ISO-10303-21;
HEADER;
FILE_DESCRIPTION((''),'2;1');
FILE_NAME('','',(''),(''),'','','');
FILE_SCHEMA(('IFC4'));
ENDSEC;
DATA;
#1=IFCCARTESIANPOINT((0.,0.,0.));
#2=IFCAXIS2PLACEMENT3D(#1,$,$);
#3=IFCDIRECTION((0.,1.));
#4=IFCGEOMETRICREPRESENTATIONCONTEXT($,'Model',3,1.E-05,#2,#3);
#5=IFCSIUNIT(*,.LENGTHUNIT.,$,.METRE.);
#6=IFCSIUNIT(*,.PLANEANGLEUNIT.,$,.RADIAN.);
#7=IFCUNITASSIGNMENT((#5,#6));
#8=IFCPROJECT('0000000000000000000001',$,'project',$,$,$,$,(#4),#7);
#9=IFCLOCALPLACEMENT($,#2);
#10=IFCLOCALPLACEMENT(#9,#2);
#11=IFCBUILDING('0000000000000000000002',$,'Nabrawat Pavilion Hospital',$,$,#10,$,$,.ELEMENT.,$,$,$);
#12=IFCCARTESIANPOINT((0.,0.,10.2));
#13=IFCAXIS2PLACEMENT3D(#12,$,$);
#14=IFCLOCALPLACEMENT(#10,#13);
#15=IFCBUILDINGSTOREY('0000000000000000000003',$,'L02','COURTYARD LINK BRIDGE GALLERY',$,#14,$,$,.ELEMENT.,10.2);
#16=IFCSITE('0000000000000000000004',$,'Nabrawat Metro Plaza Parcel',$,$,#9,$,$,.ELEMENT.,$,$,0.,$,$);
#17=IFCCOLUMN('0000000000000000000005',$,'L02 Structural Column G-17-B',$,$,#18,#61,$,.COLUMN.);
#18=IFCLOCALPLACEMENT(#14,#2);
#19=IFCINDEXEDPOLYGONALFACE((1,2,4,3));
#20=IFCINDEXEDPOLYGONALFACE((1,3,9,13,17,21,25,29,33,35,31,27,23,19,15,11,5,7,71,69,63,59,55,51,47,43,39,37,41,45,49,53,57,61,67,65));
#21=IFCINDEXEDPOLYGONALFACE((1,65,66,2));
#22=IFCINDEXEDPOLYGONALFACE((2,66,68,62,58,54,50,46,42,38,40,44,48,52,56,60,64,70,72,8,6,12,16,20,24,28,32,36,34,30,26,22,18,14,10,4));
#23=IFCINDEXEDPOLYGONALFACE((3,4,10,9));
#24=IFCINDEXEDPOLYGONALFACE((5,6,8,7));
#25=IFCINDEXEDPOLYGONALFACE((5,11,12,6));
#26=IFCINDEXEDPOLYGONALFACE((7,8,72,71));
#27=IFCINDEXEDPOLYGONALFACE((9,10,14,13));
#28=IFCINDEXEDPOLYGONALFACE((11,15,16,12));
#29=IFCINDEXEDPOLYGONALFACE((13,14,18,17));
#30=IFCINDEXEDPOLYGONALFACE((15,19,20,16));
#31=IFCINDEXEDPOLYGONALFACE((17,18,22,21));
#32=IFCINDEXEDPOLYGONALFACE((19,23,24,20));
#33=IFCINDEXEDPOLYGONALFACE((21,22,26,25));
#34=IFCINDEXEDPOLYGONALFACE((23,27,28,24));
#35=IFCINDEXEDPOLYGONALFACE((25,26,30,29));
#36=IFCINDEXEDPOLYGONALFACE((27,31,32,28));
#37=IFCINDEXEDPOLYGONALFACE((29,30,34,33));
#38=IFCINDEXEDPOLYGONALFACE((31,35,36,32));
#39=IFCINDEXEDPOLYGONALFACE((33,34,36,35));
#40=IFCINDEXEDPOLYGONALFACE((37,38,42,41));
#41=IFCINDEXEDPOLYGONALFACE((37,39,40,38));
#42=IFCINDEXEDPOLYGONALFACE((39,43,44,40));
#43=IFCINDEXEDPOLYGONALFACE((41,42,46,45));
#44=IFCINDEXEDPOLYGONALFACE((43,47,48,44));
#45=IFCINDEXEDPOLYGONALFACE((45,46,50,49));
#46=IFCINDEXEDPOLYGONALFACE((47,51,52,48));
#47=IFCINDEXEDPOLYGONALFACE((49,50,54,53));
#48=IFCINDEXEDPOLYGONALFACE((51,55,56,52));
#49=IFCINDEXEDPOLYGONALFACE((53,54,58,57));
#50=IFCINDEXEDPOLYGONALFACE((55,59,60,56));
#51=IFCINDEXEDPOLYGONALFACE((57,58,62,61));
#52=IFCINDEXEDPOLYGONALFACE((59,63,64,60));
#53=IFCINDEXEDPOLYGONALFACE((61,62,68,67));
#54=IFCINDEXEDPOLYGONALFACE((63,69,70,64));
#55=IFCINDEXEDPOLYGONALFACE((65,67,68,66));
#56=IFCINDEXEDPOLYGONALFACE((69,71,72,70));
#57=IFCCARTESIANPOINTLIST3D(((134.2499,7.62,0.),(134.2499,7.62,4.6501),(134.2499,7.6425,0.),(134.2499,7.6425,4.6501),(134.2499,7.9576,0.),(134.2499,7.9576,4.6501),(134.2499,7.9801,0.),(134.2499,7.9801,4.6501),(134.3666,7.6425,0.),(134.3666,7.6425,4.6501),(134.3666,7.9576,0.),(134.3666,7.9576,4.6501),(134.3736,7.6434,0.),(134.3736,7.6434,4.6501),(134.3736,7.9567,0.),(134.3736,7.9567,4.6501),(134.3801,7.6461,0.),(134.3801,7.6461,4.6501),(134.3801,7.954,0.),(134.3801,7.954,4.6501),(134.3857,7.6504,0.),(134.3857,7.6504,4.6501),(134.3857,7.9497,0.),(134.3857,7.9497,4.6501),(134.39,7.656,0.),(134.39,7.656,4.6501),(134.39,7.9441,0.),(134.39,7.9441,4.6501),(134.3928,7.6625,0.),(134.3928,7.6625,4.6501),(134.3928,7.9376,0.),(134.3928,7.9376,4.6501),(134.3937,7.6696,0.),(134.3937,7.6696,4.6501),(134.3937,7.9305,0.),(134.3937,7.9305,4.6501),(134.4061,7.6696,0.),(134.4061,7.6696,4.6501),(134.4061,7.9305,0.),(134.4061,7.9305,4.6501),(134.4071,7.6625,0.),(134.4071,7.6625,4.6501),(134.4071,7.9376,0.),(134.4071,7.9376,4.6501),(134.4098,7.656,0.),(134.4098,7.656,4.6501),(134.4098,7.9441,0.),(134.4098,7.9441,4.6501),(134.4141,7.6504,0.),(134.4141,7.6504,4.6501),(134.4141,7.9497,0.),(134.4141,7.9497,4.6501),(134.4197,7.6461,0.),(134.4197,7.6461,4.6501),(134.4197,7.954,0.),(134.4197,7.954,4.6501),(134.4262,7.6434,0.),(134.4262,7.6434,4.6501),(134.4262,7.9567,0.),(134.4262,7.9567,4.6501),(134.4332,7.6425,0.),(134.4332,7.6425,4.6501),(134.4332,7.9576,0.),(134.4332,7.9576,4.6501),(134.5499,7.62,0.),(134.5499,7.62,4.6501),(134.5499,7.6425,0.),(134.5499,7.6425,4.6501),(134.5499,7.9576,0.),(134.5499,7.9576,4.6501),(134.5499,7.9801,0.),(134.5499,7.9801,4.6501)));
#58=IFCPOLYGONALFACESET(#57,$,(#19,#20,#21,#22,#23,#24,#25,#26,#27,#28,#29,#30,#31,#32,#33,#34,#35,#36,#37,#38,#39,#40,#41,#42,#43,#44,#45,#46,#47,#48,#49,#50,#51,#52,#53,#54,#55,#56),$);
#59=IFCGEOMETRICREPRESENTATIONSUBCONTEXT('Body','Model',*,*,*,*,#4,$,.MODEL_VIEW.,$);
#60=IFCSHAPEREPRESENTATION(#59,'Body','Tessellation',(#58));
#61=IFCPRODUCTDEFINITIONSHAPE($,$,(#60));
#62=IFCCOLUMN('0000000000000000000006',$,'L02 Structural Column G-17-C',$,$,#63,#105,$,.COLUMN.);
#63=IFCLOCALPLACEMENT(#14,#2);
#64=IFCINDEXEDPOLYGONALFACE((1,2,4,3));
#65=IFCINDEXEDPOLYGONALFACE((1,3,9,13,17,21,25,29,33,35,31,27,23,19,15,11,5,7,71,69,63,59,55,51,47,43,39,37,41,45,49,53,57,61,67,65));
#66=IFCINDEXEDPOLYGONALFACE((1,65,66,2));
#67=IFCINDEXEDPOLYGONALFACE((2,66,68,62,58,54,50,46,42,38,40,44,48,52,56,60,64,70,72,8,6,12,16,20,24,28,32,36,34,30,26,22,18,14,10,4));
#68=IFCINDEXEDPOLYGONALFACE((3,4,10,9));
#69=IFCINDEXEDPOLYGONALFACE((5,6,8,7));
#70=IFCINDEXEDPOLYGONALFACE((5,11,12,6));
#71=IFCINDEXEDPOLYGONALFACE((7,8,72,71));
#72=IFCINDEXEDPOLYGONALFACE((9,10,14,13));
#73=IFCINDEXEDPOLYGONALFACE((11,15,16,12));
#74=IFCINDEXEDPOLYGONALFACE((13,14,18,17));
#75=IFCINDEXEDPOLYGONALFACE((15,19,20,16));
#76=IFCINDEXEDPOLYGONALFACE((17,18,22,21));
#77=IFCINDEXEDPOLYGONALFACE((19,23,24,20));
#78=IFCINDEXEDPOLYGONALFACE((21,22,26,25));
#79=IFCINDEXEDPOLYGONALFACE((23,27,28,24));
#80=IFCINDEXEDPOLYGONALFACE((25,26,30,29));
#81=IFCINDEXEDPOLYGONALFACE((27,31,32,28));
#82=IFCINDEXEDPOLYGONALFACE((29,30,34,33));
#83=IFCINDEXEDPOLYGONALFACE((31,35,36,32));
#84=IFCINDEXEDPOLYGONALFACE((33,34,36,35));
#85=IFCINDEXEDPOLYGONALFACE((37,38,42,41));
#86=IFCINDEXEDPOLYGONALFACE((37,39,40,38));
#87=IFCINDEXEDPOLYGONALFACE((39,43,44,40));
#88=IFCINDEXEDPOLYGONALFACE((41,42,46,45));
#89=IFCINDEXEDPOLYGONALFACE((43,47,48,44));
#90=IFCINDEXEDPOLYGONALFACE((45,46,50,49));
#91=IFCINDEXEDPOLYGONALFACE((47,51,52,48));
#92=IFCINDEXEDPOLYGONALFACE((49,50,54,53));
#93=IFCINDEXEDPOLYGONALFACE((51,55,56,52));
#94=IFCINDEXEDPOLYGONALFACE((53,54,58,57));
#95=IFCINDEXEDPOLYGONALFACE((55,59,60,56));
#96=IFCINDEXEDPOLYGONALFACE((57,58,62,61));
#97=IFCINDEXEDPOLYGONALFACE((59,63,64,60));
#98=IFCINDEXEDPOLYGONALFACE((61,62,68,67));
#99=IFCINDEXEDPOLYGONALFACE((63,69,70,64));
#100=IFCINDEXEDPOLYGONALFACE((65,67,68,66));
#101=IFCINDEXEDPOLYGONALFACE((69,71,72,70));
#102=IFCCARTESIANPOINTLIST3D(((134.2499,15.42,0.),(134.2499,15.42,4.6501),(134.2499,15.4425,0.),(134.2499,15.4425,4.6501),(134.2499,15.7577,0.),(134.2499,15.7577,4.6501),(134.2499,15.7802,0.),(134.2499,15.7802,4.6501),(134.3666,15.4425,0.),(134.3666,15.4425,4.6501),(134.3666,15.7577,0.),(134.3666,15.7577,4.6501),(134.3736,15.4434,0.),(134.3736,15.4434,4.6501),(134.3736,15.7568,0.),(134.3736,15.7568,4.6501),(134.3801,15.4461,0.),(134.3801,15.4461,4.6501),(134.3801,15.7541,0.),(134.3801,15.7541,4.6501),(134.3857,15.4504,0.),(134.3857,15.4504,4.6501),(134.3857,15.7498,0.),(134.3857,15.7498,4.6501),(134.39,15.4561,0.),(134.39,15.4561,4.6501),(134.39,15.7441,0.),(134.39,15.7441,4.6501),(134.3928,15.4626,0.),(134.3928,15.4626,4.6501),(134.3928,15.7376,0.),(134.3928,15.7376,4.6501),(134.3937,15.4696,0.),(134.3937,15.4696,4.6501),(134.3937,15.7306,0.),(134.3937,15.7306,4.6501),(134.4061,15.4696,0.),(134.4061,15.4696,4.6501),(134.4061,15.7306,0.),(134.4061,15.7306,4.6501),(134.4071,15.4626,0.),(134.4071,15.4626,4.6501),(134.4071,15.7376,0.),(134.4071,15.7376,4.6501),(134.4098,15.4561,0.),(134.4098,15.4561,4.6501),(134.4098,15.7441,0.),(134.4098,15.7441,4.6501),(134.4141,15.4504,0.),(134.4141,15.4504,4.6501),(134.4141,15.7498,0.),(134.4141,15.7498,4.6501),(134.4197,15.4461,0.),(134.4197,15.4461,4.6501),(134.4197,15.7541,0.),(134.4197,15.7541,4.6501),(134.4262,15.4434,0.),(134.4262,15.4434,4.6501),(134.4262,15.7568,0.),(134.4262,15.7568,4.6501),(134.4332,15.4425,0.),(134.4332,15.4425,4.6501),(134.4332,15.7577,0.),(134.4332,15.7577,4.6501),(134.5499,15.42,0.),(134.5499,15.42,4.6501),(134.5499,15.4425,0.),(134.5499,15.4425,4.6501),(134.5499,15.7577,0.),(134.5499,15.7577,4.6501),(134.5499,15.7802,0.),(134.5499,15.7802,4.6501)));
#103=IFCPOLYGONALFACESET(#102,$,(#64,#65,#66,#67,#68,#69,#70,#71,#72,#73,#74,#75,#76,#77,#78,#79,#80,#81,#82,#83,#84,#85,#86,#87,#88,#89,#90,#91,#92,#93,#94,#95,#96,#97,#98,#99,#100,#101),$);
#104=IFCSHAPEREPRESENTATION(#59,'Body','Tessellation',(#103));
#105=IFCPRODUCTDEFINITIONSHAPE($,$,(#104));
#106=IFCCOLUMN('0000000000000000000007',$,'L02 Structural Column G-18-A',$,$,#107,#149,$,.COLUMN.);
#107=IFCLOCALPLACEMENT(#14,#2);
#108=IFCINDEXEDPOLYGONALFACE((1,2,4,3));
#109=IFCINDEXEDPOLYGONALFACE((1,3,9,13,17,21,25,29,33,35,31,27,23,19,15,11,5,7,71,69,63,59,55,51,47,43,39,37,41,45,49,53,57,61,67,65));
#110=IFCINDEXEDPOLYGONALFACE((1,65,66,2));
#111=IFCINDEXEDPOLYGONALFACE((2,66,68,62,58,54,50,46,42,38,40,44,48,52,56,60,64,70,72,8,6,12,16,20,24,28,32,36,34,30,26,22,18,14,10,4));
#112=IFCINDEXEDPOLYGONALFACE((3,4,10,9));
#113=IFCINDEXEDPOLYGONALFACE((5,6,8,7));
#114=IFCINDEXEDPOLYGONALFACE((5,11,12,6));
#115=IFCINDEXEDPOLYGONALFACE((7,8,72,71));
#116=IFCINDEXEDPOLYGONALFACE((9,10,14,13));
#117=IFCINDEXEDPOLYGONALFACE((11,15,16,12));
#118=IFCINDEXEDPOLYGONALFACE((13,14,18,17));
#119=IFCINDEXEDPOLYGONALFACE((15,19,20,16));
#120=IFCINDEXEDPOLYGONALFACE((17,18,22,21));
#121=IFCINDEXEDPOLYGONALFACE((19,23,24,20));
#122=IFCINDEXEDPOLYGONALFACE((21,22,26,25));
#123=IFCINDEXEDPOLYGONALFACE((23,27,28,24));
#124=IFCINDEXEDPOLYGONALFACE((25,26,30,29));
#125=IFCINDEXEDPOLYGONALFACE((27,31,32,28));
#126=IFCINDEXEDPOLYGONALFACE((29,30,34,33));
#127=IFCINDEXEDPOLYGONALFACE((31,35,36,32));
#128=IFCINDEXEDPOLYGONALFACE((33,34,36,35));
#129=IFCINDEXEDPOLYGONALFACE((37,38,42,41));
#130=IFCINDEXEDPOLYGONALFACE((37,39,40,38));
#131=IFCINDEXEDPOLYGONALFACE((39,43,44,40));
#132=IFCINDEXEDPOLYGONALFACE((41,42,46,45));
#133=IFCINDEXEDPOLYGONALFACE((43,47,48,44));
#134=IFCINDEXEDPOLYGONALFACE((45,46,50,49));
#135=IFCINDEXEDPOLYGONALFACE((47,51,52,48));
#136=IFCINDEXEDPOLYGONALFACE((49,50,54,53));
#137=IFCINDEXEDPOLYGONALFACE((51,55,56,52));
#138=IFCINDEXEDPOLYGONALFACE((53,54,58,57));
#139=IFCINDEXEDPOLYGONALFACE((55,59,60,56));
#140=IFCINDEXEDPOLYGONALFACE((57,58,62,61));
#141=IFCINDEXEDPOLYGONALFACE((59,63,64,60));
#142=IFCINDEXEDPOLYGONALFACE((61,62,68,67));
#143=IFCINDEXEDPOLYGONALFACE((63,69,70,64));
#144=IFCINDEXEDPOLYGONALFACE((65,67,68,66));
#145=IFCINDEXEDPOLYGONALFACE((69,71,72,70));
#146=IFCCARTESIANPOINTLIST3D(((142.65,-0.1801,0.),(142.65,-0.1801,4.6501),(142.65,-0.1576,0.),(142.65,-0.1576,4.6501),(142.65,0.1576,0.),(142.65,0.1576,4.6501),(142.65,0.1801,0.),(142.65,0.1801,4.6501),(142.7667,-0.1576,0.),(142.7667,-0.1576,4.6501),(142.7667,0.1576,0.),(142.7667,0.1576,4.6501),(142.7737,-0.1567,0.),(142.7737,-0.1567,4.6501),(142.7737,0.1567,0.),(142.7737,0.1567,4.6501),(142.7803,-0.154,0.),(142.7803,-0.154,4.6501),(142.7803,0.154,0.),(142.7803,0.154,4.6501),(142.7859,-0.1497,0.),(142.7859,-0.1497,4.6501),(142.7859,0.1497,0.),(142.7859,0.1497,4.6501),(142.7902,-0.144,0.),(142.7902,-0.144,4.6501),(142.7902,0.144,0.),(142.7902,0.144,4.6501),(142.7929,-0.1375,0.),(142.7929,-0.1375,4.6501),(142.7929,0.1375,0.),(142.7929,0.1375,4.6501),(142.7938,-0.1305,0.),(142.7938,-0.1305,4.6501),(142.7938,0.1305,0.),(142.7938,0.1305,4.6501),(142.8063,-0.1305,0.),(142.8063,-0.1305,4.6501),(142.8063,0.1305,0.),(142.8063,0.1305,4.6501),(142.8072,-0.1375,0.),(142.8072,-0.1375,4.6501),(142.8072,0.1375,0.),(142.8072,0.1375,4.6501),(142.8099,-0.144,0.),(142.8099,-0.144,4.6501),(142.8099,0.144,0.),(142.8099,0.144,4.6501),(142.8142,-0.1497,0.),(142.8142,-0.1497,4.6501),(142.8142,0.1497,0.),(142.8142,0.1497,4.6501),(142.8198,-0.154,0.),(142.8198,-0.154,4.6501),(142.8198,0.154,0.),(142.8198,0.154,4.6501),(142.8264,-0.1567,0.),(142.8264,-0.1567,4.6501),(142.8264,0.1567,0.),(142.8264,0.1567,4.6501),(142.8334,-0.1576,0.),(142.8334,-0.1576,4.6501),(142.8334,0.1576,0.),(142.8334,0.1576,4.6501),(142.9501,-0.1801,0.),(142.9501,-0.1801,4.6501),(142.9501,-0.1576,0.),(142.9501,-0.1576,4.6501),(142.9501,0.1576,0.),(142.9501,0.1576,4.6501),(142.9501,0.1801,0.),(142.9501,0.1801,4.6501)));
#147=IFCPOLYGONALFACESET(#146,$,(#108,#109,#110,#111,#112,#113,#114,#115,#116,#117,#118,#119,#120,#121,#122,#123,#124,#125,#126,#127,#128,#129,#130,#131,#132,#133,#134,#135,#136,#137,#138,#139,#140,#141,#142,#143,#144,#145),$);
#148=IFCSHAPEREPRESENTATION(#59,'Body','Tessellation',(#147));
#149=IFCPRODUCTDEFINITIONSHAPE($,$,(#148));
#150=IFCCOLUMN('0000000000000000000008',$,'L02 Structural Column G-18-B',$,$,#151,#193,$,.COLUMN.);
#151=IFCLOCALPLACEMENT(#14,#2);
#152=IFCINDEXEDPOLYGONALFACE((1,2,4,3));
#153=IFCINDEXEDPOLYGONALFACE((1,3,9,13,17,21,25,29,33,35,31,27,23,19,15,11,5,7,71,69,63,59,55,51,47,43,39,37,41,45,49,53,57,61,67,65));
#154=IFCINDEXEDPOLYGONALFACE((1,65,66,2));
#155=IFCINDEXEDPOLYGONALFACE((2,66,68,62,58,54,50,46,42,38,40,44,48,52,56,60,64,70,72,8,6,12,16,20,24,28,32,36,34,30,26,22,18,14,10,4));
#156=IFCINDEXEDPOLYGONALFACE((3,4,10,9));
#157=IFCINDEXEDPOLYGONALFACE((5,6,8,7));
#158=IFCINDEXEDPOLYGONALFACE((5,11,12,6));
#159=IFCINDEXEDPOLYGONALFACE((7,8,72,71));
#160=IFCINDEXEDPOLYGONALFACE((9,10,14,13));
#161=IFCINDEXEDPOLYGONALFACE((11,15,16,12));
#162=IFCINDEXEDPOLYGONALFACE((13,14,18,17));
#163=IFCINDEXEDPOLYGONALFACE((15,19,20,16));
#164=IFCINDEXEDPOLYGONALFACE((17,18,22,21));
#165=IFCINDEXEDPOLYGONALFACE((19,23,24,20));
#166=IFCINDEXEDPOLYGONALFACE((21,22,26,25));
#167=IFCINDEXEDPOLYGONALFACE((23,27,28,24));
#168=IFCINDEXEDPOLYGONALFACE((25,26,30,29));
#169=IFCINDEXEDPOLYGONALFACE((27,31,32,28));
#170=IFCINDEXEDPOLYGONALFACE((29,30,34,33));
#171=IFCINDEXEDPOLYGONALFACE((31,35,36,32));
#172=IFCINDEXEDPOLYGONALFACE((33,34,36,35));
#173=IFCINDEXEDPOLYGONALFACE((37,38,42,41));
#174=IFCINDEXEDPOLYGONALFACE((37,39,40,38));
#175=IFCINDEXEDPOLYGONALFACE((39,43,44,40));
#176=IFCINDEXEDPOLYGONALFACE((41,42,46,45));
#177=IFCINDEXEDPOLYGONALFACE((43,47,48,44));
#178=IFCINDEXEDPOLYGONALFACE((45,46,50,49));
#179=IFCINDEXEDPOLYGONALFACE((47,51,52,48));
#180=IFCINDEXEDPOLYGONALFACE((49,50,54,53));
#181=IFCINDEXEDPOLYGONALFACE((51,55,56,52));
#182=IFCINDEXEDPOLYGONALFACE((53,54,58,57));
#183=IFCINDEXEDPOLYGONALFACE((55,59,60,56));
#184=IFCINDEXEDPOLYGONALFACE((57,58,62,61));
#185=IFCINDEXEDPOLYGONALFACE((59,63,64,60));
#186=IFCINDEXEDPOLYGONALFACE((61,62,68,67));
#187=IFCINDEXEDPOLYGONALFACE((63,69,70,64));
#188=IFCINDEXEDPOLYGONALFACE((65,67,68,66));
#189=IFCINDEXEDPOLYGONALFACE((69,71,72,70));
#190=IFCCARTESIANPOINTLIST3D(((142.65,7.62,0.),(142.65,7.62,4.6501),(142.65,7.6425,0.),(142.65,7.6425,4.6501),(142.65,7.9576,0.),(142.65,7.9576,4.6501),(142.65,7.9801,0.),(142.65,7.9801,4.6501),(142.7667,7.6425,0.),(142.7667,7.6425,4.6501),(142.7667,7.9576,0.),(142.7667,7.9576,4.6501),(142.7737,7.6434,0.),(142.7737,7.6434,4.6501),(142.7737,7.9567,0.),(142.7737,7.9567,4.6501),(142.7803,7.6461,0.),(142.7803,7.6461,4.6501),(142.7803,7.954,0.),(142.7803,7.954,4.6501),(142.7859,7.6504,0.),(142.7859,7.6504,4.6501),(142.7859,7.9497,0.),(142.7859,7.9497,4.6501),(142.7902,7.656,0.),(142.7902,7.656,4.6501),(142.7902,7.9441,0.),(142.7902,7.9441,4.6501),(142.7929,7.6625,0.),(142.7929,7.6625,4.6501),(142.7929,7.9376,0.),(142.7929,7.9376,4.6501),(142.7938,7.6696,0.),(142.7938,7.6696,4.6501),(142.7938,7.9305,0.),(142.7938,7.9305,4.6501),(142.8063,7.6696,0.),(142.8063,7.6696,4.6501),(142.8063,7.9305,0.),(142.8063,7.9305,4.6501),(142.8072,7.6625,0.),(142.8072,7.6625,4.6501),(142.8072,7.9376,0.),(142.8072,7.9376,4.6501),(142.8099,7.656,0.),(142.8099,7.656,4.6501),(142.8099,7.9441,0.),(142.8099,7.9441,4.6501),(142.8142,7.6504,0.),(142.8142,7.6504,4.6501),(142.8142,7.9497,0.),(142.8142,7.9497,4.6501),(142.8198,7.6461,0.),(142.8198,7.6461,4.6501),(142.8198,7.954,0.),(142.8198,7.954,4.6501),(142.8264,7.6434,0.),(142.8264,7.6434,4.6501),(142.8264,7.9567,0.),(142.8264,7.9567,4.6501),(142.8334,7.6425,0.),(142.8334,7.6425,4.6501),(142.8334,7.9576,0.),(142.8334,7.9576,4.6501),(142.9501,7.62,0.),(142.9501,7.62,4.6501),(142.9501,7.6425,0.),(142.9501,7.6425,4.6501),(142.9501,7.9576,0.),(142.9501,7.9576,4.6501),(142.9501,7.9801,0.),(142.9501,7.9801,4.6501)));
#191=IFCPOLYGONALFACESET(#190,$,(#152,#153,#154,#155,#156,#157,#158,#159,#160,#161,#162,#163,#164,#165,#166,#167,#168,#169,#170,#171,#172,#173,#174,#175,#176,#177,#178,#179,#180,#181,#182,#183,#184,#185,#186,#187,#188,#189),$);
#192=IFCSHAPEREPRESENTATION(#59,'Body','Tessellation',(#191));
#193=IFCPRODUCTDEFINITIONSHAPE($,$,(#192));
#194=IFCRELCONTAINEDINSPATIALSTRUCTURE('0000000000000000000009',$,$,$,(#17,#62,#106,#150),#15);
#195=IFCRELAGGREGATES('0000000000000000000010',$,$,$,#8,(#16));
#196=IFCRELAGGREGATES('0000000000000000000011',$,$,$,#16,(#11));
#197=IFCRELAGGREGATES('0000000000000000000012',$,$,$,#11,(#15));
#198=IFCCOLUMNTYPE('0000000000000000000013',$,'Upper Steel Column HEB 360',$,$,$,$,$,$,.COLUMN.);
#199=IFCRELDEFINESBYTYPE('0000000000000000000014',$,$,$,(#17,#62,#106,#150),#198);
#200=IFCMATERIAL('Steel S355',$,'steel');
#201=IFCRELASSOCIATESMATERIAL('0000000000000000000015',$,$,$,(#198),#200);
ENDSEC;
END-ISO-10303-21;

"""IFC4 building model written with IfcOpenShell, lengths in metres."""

from ifc_helpers import new_model, si_unit, direction, frame, origin, origin_2d, place, context, subcontext, project, spatial, i_section, extrude, material, material_profile, profile_set, type_object, element, save


model = new_model("IFC4")

# Units and contexts
model_context = context("Model", 3, precision=1e-05, world=origin(), true_north=direction((0.0, 1.0)))
body_context = subcontext(model_context, "Body", "Model", "MODEL_VIEW")
ifc_project = project(units=[si_unit("LENGTHUNIT", "METRE"), si_unit("PLANEANGLEUNIT", "RADIAN")], contexts=[model_context])

# Site, building, storey
site_placement = place(None, origin())
site = spatial("IfcSite", under=ifc_project, at=site_placement, Name="Nabrawat Metro Plaza Parcel", CompositionType="ELEMENT", RefElevation=0.0)
building_placement = place(site_placement, origin())
building = spatial("IfcBuilding", under=site, at=building_placement, Name="Nabrawat Pavilion Hospital", CompositionType="ELEMENT")
storey_placement = place(building_placement, frame((0.0, 0.0, 10.2)))
storey = spatial("IfcBuildingStorey", under=building, at=storey_placement, Name="L02", Description="COURTYARD LINK BRIDGE GALLERY", CompositionType="ELEMENT", Elevation=10.2)

# Columns
ifc_material_1 = material(Name="Steel S355", Category="steel")
ifc_material_profile_1 = material_profile(ifc_material_1, i_section(OverallWidth=0.3, OverallDepth=0.3601, WebThickness=0.0125, FlangeThickness=0.0225, FilletRadius=0.0271, at=origin_2d()), Name="HEB 360")
ifc_profile_set_1 = profile_set([ifc_material_profile_1], Name="Steel S355")
column_type_1 = type_object("IfcColumnType", Name="Upper Steel Column HEB 360", PredefinedType="COLUMN", material=ifc_profile_set_1)
for number, where, z_axis, x_axis, name in (
    (1, (134.3999, 7.8, 0.0), (0.0, 0.0, 1.0), (1.0, 0.0, 0.0), "L02 Structural Column G-17-B"),
    (2, (134.3999, 15.6001, 0.0), (0.0, 0.0, 1.0), (1.0, 0.0, 0.0), "L02 Structural Column G-17-C"),
    (3, (142.8, 0.0, 0.0), (0.0, 0.0, 1.0), (1.0, 0.0, 0.0), "L02 Structural Column G-18-A"),
    (4, (142.8, 7.8, 0.0), (0.0, 0.0, 1.0), (1.0, 0.0, 0.0), "L02 Structural Column G-18-B"),
):
    element("IfcColumn", number, at=place(storey_placement, frame(where, z_axis=z_axis, x_axis=x_axis)), inside=storey, type_object=column_type_1, Name=name, PredefinedType="COLUMN", context=body_context, shape_type="SweptSolid", body=[
        extrude(i_section(OverallWidth=0.3, OverallDepth=0.3601, WebThickness=0.0125, FlangeThickness=0.0225, FilletRadius=0.0271, at=origin_2d()), origin(), (0.0, 0.0, 1.0), 4.6501),
    ])

save(model, "model.ifc")
